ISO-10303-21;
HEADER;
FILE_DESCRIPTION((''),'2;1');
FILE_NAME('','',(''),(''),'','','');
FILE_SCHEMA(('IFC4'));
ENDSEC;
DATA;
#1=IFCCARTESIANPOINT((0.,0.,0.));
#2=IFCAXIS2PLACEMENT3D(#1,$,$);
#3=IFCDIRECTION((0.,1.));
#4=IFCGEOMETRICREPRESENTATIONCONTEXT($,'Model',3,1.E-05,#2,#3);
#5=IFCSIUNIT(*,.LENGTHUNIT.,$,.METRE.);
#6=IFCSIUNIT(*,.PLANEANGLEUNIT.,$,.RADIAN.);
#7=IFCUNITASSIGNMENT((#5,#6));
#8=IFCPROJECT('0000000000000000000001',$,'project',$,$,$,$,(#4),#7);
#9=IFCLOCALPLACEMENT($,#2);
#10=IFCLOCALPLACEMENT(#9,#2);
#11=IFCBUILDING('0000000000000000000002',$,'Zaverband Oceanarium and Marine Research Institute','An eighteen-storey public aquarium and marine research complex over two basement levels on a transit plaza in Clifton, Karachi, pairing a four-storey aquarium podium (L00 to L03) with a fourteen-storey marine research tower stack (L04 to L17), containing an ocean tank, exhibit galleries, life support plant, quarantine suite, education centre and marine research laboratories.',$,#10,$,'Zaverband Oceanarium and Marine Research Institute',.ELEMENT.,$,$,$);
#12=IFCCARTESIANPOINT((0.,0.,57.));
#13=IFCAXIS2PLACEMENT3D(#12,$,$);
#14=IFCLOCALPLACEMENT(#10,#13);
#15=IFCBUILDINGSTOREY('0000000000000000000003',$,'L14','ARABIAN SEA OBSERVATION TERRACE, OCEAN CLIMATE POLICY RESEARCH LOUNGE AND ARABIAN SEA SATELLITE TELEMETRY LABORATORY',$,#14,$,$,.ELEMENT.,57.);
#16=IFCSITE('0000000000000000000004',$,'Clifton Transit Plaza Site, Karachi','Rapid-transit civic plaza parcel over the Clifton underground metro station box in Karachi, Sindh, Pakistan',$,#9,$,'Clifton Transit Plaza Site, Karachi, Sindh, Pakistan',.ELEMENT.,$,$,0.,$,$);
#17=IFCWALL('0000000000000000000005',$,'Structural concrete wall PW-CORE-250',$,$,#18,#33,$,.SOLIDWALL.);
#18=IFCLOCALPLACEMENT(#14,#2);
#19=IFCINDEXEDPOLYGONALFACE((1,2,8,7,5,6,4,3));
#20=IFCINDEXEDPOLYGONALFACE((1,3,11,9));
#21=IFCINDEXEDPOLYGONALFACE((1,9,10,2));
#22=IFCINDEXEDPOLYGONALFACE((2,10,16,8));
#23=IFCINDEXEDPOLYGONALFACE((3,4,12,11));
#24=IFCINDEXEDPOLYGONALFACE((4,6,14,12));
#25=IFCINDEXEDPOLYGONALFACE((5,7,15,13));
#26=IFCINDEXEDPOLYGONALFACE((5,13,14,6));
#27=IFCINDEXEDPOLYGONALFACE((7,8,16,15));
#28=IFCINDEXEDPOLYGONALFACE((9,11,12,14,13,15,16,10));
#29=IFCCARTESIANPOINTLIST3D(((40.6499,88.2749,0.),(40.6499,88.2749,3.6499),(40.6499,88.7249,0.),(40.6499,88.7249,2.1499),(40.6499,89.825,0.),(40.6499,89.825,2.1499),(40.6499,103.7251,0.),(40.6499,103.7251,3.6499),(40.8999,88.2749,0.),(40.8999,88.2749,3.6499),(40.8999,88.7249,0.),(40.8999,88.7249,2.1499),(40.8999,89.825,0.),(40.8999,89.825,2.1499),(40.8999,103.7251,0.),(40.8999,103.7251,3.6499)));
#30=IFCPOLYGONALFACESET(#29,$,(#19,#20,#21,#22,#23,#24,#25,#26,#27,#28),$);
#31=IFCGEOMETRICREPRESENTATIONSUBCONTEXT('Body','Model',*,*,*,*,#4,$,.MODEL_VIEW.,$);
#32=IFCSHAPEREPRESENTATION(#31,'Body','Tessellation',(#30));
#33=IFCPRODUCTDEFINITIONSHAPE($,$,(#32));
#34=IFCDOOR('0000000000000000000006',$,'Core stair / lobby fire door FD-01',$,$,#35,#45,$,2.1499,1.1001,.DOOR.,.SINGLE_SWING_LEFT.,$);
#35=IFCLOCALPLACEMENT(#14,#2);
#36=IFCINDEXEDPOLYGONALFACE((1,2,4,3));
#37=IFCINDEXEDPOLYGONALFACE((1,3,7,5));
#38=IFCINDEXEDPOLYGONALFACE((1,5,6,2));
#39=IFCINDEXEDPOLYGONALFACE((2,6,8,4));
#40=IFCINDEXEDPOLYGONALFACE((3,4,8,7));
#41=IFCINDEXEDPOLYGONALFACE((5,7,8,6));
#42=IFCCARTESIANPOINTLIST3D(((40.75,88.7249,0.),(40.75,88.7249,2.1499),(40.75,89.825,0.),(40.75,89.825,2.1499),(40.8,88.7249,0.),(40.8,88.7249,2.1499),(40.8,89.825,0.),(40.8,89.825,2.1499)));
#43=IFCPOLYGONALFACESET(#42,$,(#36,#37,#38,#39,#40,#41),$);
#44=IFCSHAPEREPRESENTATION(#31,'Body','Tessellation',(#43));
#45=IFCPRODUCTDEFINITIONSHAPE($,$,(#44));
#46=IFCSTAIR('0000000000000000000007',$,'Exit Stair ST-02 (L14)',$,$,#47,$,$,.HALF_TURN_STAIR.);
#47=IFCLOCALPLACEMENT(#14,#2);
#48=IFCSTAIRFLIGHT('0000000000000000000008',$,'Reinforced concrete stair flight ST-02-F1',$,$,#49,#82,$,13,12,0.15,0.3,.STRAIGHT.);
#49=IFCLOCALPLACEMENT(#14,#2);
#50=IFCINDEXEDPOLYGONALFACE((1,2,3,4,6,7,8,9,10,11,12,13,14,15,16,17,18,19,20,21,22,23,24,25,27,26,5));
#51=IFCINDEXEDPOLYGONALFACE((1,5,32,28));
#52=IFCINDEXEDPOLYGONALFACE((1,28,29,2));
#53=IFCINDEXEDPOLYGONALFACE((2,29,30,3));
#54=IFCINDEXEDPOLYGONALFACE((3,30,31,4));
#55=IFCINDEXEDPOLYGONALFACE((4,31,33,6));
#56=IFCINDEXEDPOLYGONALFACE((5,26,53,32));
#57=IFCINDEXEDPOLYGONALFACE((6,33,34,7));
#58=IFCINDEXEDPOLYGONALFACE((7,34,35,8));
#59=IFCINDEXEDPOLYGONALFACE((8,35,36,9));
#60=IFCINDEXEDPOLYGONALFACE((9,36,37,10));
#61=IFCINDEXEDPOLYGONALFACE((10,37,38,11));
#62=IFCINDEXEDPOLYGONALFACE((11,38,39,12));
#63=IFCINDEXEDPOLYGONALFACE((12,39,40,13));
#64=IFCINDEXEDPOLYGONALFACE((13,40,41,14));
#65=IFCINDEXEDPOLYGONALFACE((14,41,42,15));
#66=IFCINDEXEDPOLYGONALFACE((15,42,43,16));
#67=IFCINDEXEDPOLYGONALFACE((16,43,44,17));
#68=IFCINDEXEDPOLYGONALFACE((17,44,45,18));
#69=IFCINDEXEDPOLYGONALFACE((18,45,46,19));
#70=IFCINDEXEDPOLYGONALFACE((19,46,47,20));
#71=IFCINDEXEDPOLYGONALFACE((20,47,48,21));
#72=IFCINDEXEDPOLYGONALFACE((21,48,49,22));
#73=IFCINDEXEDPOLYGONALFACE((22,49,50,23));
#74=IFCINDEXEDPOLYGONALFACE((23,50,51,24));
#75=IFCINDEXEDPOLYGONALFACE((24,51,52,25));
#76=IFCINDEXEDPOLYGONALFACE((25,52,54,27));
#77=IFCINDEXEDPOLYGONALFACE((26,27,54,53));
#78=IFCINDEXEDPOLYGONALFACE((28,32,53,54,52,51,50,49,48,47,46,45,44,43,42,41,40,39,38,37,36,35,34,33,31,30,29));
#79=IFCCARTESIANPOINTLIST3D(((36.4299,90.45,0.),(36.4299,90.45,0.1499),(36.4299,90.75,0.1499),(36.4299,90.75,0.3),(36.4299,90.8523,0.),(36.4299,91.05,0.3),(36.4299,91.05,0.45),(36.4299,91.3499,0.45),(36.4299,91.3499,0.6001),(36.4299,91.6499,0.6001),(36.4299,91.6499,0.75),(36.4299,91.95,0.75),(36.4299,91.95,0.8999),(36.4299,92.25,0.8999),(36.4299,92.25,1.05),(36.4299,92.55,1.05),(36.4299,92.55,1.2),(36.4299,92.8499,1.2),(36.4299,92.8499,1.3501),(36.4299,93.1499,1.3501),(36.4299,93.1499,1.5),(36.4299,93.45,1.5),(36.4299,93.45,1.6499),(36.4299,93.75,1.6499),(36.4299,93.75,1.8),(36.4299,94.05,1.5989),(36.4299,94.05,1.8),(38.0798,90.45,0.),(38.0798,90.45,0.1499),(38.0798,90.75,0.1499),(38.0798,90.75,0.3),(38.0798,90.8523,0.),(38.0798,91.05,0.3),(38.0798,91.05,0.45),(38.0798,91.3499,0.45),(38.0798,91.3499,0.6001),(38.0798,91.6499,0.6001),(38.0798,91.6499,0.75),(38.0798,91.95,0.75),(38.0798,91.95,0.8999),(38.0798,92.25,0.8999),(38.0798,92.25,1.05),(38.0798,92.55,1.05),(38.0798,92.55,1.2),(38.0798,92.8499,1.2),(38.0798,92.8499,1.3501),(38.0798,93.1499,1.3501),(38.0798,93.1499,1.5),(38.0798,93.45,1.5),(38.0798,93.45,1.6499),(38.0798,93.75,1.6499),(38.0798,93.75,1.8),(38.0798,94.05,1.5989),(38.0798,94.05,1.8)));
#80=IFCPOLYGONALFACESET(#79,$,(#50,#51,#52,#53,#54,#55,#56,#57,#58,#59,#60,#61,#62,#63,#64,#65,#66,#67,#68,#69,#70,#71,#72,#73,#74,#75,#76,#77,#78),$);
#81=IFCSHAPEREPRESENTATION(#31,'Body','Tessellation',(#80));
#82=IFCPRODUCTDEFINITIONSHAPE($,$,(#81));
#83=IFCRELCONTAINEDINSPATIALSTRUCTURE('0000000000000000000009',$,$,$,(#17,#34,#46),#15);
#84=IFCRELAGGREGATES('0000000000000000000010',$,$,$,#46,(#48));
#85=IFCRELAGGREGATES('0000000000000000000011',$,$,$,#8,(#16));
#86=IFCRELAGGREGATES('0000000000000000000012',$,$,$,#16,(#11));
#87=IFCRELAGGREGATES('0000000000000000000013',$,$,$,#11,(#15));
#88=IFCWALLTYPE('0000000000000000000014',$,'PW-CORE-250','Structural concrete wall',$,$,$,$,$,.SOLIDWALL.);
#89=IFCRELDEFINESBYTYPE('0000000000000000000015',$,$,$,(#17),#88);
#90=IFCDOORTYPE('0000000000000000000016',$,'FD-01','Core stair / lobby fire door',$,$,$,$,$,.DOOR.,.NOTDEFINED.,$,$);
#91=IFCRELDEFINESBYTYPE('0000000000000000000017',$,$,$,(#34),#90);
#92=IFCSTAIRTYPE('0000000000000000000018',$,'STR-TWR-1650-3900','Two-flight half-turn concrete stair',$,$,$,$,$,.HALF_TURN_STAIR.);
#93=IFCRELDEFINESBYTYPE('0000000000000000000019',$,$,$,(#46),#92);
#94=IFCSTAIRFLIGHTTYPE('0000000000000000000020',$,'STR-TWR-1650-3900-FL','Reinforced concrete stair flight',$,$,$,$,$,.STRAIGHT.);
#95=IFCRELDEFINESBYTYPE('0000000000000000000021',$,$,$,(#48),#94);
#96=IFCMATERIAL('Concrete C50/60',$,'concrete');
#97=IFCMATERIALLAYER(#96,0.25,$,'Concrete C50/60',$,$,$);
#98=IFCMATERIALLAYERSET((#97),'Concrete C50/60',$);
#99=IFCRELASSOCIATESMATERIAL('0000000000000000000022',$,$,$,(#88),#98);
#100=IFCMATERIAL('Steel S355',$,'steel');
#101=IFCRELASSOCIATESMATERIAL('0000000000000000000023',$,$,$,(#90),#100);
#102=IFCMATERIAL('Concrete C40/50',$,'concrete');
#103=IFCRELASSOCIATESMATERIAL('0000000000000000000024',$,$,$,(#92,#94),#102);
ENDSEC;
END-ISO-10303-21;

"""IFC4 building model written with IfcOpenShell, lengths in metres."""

from ifc_helpers import new_model, si_unit, direction, frame, frame_2d, origin, place, context, subcontext, project, spatial, polyline, rectangle, outline, extrude, material, layer, layer_set, type_object, element, fill, aggregate, save


model = new_model("IFC4")

# Units and contexts
model_context = context("Model", 3, precision=1e-05, world=origin(), true_north=direction((0.0, 1.0)))
body_context = subcontext(model_context, "Body", "Model", "MODEL_VIEW")
ifc_project = project(units=[si_unit("LENGTHUNIT", "METRE"), si_unit("PLANEANGLEUNIT", "RADIAN")], contexts=[model_context])

# Site, building, storey
site_placement = place(None, origin())
site = spatial("IfcSite", under=ifc_project, at=site_placement, Name="Clifton Transit Plaza Site, Karachi", Description="Rapid-transit civic plaza parcel over the Clifton underground metro station box in Karachi, Sindh, Pakistan", LongName="Clifton Transit Plaza Site, Karachi, Sindh, Pakistan", CompositionType="ELEMENT", RefElevation=0.0)
building_placement = place(site_placement, origin())
building = spatial("IfcBuilding", under=site, at=building_placement, Name="Zaverband Oceanarium and Marine Research Institute", Description="An eighteen-storey public aquarium and marine research complex over two basement levels on a transit plaza in Clifton, Karachi, pairing a four-storey aquarium podium (L00 to L03) with a fourteen-storey marine research tower stack (L04 to L17), containing an ocean tank, exhibit galleries, life support plant, quarantine suite, education centre and marine research laboratories.", LongName="Zaverband Oceanarium and Marine Research Institute", CompositionType="ELEMENT")
storey_placement = place(building_placement, frame((0.0, 0.0, 57.0)))
storey = spatial("IfcBuildingStorey", under=building, at=storey_placement, Name="L14", Description="ARABIAN SEA OBSERVATION TERRACE, OCEAN CLIMATE POLICY RESEARCH LOUNGE AND ARABIAN SEA SATELLITE TELEMETRY LABORATORY", CompositionType="ELEMENT", Elevation=57.0)

# Shared definitions
ifc_material_1 = material(Name="Concrete C50/60", Category="concrete")

# Shared definitions
ifc_material_2 = material(Name="Concrete C40/50", Category="concrete")

# Shared definitions
ifc_material_3 = material(Name="Steel S355", Category="steel")

# Wall, opening, door
ifc_layer_1 = layer(ifc_material_1, 0.25, Name="Concrete C50/60")
ifc_layer_set_1 = layer_set([ifc_layer_1], Name="Concrete C50/60")
wall_type_1 = type_object("IfcWallType", Name="PW-CORE-250", Description="Structural concrete wall", PredefinedType="SOLIDWALL", material=ifc_layer_set_1)
wall_1_placement = place(storey_placement, frame((40.7749, 88.2749, 0.0), z_axis=(0.0, 0.0, 1.0), x_axis=(0.0, 1.0, 0.0)))
wall_1 = element("IfcWall", 1, at=wall_1_placement, inside=storey, type_object=wall_type_1, Name="Structural concrete wall PW-CORE-250", PredefinedType="SOLIDWALL", context=body_context, shape_type="SweptSolid", body=[
    extrude(rectangle(XDim=15.4502, YDim=0.25, at=frame_2d((7.7251, 0.0))), origin(), (0.0, 0.0, 1.0), 3.6499),
])
opening_1_placement = place(wall_1_placement, frame((0.45, 0.0, 0.0)))
opening_1 = element("IfcOpeningElement", 2, at=opening_1_placement, cuts=wall_1, PredefinedType="OPENING", context=body_context, shape_type="SweptSolid", body=[
    extrude(rectangle(XDim=1.1001, YDim=2.1499, at=frame_2d((0.55, 1.075))), frame((0.0, 0.137, 0.0), z_axis=(0.0, -1.0, 0.0), x_axis=(1.0, 0.0, 0.0)), (0.0, 0.0, 1.0), 0.2739),
])
door_type_1 = type_object("IfcDoorType", Name="FD-01", Description="Core stair / lobby fire door", OperationType="NOTDEFINED", PredefinedType="DOOR", material=ifc_material_3)
door_1_placement = place(opening_1_placement, origin())
door_1 = element("IfcDoor", 3, at=door_1_placement, inside=storey, type_object=door_type_1, Name="Core stair / lobby fire door FD-01", OperationType="SINGLE_SWING_LEFT", OverallHeight=2.1499, OverallWidth=1.1001, PredefinedType="DOOR", context=body_context, shape_type="SweptSolid", body=[
    extrude(rectangle(XDim=1.1001, YDim=2.1499, at=frame_2d((0.55, 1.075))), frame((0.0, 0.0249, 0.0), z_axis=(0.0, -1.0, 0.0), x_axis=(1.0, 0.0, 0.0)), (0.0, 0.0, 1.0), 0.05),
])
fill(opening_1, door_1)

# Stair, stair flight
stair_type = type_object("IfcStairType", Name="STR-TWR-1650-3900", Description="Two-flight half-turn concrete stair", PredefinedType="HALF_TURN_STAIR", material=ifc_material_2)
stair_placement = place(storey_placement, origin())
stair = element("IfcStair", 4, at=stair_placement, inside=storey, type_object=stair_type, Name="Exit Stair ST-02 (L14)", PredefinedType="HALF_TURN_STAIR")
stair_flight_type = type_object("IfcStairFlightType", Name="STR-TWR-1650-3900-FL", Description="Reinforced concrete stair flight", PredefinedType="STRAIGHT", material=ifc_material_2)
stair_flight_placement = place(storey_placement, frame((37.2549, 90.45, 0.0), z_axis=(0.0, 0.0, 1.0), x_axis=(0.0, 1.0, 0.0)))
stair_flight = element("IfcStairFlight", 5, at=stair_flight_placement, type_object=stair_flight_type, Name="Reinforced concrete stair flight ST-02-F1", NumberOfRisers=13, NumberOfTreads=12, PredefinedType="STRAIGHT", RiserHeight=0.15, TreadLength=0.3, context=body_context, shape_type="SweptSolid", body=[
    extrude(outline(polyline([(0.0, 0.0), (0.0, 0.1499), (0.3, 0.1499), (0.3, 0.3), (0.6001, 0.3), (0.6001, 0.45), (0.8999, 0.45), (0.8999, 0.6001), (1.2, 0.6001), (1.2, 0.75), (1.5, 0.75), (1.5, 0.8999), (1.8, 0.8999), (1.8, 1.05), (2.1001, 1.05), (2.1001, 1.2), (2.3999, 1.2), (2.3999, 1.3501), (2.7, 1.3501), (2.7, 1.5), (3.0, 1.5), (3.0, 1.6499), (3.3, 1.6499), (3.3, 1.8), (3.6001, 1.8), (3.6001, 1.95), (3.6001, 1.5989), (0.4023, 0.0), (0.0, 0.0)])), frame((0.0, 0.825, 0.0), z_axis=(0.0, -1.0, 0.0), x_axis=(1.0, 0.0, 0.0)), (0.0, 0.0, 1.0), 1.6499),
])
aggregate(stair, [stair_flight])

save(model, "model.ifc")
